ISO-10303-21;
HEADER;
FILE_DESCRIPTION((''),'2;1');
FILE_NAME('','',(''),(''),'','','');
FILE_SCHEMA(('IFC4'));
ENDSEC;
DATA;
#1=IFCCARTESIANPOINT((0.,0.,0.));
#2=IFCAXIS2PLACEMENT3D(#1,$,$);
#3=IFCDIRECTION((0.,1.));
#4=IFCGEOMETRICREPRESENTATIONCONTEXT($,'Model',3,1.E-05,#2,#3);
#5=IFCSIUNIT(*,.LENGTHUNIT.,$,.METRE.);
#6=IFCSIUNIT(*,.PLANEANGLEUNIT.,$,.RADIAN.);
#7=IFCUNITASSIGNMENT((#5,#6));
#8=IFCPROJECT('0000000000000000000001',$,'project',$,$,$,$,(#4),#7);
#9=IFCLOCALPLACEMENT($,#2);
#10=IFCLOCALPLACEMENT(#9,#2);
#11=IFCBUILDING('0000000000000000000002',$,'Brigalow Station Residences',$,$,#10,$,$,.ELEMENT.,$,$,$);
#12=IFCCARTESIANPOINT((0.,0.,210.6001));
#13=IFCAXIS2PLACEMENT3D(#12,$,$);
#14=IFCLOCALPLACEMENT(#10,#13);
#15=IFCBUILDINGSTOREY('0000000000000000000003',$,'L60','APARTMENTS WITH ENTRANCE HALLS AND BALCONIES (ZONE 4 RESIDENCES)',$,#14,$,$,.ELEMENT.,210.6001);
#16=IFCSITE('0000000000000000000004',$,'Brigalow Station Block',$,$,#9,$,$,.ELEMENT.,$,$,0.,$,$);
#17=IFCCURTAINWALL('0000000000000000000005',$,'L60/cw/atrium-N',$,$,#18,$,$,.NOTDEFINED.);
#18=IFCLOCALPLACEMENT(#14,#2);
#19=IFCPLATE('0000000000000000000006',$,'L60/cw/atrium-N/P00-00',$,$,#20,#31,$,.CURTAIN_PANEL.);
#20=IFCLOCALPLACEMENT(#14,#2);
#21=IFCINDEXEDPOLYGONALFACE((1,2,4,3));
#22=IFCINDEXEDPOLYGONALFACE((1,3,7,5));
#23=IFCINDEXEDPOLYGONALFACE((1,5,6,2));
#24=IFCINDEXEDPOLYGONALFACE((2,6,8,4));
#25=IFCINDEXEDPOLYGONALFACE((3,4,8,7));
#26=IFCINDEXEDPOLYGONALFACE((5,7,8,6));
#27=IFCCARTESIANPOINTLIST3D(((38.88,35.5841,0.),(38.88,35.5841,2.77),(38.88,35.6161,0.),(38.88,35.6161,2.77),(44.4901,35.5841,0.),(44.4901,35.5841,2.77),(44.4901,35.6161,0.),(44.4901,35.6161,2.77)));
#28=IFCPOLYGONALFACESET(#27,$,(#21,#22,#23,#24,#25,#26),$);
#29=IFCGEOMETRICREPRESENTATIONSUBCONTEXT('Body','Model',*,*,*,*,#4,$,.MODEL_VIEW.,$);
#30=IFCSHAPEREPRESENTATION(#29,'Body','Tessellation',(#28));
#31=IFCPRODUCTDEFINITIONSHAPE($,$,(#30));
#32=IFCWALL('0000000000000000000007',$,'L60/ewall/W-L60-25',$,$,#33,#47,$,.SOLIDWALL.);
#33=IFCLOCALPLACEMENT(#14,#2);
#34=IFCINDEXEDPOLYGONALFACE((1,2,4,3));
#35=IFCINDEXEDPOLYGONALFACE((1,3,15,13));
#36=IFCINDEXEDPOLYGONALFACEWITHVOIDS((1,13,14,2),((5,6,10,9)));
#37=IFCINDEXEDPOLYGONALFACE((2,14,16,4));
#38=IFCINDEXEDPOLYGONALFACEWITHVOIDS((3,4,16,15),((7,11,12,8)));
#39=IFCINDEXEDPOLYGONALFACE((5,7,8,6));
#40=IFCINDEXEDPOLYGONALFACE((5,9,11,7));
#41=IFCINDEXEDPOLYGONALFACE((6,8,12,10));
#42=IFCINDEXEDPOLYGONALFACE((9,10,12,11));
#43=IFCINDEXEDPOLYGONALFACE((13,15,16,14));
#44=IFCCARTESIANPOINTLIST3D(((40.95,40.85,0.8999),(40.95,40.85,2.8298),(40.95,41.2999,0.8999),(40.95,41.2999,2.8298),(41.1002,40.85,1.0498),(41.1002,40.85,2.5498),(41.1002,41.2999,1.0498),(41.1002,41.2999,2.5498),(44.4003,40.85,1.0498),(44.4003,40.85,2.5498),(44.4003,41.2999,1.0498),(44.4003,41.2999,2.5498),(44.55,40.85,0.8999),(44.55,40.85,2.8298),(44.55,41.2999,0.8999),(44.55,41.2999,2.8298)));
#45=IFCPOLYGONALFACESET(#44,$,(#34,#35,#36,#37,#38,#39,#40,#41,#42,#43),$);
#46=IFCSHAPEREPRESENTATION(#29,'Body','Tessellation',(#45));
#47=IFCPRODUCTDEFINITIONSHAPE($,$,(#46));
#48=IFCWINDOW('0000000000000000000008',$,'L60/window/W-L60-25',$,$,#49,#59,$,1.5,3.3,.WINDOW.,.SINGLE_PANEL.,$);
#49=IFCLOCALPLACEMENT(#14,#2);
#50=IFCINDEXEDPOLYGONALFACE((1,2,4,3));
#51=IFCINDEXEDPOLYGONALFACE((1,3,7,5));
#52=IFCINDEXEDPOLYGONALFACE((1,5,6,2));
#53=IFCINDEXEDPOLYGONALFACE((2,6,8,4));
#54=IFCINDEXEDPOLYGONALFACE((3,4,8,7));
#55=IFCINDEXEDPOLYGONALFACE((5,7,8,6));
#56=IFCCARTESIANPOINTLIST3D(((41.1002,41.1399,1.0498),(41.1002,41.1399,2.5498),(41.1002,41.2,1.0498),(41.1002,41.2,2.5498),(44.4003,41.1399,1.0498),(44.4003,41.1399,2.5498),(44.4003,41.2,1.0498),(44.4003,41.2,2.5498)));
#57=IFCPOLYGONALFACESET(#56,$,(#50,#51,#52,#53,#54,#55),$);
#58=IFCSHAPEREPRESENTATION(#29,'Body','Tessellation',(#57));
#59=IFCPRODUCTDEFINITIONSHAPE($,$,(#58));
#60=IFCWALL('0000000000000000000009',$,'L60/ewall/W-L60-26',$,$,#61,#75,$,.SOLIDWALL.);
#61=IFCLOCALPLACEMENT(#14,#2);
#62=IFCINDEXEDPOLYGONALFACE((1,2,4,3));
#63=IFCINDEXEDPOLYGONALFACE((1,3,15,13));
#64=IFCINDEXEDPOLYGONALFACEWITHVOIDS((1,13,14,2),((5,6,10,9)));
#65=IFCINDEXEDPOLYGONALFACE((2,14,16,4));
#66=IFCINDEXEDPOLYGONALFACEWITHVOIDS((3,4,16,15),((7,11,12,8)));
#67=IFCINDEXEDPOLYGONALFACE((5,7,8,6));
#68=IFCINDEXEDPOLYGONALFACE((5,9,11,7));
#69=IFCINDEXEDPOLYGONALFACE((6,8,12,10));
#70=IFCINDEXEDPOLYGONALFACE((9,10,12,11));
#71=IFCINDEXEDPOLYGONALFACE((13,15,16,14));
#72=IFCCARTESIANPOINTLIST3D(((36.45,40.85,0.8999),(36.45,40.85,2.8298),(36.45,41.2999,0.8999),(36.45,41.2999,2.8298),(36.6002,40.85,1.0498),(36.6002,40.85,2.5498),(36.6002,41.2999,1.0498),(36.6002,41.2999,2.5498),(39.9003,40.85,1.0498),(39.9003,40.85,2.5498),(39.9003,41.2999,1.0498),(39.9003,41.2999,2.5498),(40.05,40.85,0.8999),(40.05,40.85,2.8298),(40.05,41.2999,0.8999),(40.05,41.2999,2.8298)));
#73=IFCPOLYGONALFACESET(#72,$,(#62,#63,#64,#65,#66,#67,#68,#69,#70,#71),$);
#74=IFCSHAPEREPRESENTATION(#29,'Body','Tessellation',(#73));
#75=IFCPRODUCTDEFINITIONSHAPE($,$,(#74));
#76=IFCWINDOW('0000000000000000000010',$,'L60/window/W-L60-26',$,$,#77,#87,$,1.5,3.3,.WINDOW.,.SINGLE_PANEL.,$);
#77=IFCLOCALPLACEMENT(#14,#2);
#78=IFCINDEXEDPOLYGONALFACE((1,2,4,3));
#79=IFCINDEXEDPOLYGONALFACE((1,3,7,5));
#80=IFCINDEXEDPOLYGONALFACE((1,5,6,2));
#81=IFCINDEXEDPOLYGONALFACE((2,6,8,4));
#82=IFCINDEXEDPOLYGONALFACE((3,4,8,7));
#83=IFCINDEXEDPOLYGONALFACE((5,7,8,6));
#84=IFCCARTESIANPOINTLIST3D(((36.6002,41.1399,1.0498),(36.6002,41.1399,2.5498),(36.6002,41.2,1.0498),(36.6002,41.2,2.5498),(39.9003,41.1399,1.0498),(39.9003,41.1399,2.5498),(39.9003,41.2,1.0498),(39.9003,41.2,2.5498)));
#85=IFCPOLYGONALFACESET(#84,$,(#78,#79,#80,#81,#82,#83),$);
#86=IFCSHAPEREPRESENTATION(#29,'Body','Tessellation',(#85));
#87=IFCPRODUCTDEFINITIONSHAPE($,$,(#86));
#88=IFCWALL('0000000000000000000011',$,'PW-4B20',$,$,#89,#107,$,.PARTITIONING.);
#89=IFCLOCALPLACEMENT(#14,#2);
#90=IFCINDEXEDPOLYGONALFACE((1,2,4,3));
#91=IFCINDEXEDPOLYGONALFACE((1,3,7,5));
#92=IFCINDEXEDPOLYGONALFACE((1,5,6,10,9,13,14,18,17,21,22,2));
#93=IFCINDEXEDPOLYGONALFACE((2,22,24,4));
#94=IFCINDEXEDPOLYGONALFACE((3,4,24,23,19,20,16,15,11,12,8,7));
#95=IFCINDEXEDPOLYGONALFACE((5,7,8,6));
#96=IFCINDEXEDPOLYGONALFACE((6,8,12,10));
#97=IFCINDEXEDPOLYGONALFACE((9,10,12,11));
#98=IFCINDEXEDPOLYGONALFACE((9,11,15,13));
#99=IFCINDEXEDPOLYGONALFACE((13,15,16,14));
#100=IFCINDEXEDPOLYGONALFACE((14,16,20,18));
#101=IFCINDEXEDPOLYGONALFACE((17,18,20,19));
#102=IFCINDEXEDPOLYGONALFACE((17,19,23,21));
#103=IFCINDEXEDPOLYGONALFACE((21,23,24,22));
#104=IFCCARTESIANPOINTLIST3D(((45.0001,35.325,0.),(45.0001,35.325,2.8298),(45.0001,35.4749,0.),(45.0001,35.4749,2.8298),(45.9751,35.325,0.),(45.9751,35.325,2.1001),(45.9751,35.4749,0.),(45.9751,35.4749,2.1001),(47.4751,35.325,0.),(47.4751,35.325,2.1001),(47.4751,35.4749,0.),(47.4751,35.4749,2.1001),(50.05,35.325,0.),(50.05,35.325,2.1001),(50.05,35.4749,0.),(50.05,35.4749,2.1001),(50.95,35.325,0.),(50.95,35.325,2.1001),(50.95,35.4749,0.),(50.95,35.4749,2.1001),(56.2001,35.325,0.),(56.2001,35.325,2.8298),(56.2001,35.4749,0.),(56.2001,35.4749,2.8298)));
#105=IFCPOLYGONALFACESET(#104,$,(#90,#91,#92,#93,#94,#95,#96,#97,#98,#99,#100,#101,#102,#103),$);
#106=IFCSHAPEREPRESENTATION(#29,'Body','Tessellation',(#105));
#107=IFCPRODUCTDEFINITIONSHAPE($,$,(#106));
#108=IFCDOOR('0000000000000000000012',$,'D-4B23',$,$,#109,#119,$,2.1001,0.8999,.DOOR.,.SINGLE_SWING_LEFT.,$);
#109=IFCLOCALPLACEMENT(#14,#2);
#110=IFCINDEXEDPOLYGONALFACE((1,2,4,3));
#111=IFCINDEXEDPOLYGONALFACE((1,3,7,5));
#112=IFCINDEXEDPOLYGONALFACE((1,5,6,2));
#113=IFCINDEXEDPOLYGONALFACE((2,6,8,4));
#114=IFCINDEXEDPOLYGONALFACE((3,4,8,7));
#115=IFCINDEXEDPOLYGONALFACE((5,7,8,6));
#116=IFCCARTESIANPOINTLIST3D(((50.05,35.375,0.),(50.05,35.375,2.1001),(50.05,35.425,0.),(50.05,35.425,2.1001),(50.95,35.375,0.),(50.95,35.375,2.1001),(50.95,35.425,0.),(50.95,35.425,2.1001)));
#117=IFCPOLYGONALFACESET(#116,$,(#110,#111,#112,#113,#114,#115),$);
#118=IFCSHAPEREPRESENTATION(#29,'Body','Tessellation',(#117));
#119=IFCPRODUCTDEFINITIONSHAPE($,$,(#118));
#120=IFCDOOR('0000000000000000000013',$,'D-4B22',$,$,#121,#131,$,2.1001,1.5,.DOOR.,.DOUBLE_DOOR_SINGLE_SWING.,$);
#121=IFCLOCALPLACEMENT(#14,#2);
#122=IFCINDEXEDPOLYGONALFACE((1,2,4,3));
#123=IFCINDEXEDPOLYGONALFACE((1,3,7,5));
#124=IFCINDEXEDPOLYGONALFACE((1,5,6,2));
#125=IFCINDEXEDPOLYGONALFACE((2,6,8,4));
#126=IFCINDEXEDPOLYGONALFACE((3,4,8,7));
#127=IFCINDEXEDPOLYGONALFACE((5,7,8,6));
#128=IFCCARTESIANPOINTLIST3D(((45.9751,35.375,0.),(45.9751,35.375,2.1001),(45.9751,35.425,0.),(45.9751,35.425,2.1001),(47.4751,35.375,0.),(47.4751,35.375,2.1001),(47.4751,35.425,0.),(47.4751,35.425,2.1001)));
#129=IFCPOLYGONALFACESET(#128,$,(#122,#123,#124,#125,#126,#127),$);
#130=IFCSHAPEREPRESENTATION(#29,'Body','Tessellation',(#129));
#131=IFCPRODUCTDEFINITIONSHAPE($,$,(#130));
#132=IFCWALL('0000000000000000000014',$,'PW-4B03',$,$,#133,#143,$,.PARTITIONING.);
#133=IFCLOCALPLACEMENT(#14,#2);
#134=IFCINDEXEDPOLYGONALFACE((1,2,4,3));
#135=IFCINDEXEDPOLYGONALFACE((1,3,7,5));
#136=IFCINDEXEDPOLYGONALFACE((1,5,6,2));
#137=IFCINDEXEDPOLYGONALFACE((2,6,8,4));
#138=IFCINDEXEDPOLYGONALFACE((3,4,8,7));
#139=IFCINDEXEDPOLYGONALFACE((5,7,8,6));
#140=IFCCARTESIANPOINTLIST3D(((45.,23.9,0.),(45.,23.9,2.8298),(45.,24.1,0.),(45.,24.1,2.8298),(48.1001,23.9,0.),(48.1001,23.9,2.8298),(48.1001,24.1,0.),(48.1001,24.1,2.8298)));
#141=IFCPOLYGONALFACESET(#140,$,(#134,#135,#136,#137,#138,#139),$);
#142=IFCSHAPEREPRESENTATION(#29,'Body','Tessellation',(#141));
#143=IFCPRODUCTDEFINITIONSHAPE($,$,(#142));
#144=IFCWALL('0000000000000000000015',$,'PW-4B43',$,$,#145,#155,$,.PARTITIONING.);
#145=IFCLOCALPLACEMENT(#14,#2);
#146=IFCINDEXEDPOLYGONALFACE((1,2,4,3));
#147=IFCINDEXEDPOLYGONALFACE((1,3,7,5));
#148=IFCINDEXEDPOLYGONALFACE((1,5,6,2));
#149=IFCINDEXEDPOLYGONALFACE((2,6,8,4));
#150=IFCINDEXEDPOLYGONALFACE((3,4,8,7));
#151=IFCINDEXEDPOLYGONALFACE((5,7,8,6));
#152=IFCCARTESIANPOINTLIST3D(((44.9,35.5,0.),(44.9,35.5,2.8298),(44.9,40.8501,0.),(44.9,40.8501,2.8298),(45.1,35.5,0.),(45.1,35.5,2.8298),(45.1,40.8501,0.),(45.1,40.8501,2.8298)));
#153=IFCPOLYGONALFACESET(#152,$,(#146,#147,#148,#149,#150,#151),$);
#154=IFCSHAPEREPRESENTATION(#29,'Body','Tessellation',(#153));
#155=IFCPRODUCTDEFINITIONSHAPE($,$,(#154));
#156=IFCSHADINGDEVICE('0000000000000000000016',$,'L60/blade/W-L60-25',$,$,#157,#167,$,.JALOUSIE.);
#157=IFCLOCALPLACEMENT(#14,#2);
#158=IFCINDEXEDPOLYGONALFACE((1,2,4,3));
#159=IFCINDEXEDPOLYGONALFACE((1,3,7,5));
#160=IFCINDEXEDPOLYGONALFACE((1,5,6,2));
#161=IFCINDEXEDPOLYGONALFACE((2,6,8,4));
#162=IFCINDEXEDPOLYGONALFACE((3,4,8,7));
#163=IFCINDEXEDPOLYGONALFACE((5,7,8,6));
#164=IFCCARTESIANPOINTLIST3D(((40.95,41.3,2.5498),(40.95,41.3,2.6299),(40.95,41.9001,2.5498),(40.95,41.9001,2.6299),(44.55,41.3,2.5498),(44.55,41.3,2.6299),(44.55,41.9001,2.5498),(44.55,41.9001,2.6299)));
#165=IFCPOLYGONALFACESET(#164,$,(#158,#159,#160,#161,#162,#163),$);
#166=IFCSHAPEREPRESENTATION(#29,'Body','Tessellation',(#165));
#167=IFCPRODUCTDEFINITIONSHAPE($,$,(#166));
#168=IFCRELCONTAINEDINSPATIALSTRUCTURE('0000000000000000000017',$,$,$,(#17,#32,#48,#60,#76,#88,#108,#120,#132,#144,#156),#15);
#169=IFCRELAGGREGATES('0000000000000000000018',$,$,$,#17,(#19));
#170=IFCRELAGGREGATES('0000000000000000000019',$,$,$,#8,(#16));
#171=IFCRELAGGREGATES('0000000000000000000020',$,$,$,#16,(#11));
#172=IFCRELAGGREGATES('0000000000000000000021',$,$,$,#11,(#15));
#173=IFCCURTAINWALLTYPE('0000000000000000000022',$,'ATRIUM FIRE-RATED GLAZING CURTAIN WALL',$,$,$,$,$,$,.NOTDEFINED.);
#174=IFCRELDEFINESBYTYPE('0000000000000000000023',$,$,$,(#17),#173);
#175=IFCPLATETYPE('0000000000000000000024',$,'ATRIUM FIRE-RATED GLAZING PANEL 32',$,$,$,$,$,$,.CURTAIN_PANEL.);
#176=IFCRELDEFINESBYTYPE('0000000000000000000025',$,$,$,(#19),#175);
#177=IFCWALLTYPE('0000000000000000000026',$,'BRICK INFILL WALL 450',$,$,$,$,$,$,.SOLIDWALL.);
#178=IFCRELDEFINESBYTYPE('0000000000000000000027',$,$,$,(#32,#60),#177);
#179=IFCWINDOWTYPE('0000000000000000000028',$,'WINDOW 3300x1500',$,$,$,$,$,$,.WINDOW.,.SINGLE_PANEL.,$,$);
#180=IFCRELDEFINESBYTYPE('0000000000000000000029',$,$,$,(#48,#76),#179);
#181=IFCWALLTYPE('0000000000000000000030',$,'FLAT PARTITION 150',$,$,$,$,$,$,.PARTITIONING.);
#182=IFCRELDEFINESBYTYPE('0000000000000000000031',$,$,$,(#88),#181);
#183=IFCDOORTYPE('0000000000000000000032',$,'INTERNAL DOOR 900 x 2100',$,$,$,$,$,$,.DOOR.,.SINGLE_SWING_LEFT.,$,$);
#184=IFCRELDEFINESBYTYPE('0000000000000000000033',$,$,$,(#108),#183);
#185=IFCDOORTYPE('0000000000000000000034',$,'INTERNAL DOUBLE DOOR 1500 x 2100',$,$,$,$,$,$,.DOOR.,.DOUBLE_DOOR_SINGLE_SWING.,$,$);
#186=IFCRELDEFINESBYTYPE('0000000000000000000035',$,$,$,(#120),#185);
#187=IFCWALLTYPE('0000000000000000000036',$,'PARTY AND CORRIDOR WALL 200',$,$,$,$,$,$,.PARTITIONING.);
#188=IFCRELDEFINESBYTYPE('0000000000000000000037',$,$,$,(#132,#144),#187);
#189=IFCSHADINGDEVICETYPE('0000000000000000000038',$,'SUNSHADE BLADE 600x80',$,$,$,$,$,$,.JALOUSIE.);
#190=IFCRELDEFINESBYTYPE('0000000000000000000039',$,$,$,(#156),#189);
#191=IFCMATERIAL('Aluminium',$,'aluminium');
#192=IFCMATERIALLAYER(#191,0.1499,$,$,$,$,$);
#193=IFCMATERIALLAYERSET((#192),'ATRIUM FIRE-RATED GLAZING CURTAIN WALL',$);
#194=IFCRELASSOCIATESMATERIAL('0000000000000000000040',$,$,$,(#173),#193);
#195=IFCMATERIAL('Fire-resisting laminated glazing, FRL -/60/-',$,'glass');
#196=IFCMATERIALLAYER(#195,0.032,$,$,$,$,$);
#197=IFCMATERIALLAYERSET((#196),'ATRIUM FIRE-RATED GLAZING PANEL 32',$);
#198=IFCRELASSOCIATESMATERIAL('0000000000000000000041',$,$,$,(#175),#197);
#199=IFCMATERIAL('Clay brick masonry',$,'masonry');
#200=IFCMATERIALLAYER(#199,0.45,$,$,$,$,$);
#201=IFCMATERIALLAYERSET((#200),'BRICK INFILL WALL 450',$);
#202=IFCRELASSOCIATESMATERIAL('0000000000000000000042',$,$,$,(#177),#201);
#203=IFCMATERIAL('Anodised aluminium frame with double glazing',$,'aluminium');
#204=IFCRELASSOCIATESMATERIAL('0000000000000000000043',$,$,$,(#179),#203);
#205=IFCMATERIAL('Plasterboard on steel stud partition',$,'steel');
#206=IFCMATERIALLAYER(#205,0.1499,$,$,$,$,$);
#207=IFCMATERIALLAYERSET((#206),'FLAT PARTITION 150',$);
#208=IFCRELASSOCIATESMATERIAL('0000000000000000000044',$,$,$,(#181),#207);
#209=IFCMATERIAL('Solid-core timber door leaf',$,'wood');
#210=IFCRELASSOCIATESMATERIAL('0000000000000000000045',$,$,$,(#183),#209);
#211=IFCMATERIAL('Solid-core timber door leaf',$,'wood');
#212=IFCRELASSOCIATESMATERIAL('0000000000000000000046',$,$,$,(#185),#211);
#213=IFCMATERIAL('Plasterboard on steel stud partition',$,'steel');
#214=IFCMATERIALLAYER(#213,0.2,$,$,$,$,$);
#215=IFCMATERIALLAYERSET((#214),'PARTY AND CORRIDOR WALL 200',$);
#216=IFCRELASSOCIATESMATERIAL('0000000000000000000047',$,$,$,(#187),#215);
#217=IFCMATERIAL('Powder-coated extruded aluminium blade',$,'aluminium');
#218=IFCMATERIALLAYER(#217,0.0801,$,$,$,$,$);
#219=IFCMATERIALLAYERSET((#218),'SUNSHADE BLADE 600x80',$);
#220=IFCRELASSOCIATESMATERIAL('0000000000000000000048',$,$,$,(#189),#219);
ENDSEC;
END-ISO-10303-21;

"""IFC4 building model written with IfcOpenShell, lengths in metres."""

from ifc_helpers import new_model, si_unit, direction, frame, frame_2d, origin, origin_2d, place, context, subcontext, project, spatial, rectangle, extrude, material, layer, layer_set, type_object, element, fill, aggregate, save


model = new_model("IFC4")

# Units and contexts
model_context = context("Model", 3, precision=1e-05, world=origin(), true_north=direction((0.0, 1.0)))
body_context = subcontext(model_context, "Body", "Model", "MODEL_VIEW")
ifc_project = project(units=[si_unit("LENGTHUNIT", "METRE"), si_unit("PLANEANGLEUNIT", "RADIAN")], contexts=[model_context])

# Site, building, storey
site_placement = place(None, origin())
site = spatial("IfcSite", under=ifc_project, at=site_placement, Name="Brigalow Station Block", CompositionType="ELEMENT", RefElevation=0.0)
building_placement = place(site_placement, origin())
building = spatial("IfcBuilding", under=site, at=building_placement, Name="Brigalow Station Residences", CompositionType="ELEMENT")
storey_placement = place(building_placement, frame((0.0, 0.0, 210.6001)))
storey = spatial("IfcBuildingStorey", under=building, at=storey_placement, Name="L60", Description="APARTMENTS WITH ENTRANCE HALLS AND BALCONIES (ZONE 4 RESIDENCES)", CompositionType="ELEMENT", Elevation=210.6001)

# Shared definitions
ifc_material_1 = material(Name="Aluminium", Category="aluminium")
ifc_layer_1 = layer(ifc_material_1, 0.1499)
ifc_layer_set_1 = layer_set([ifc_layer_1], Name="ATRIUM FIRE-RATED GLAZING CURTAIN WALL")
curtain_wall_type = type_object("IfcCurtainWallType", Name="ATRIUM FIRE-RATED GLAZING CURTAIN WALL", PredefinedType="NOTDEFINED", material=ifc_layer_set_1)

# Curtain wall
curtain_wall_1_placement = place(storey_placement, origin())
curtain_wall_1 = element("IfcCurtainWall", 1, at=curtain_wall_1_placement, inside=storey, type_object=curtain_wall_type, Name="L60/cw/atrium-N", PredefinedType="NOTDEFINED")

# Plate
ifc_material_2 = material(Name="Fire-resisting laminated glazing, FRL -/60/-", Category="glass")
ifc_layer_2 = layer(ifc_material_2, 0.032)
ifc_layer_set_2 = layer_set([ifc_layer_2], Name="ATRIUM FIRE-RATED GLAZING PANEL 32")
plate_type = type_object("IfcPlateType", Name="ATRIUM FIRE-RATED GLAZING PANEL 32", PredefinedType="CURTAIN_PANEL", material=ifc_layer_set_2)
plate_1_placement = place(storey_placement, frame((41.6851, 35.6001, 0.0), z_axis=(0.0, 0.0, 1.0), x_axis=(-1.0, 0.0, 0.0)))
plate_1 = element("IfcPlate", 2, at=plate_1_placement, type_object=plate_type, Name="L60/cw/atrium-N/P00-00", PredefinedType="CURTAIN_PANEL", context=body_context, shape_type="SweptSolid", body=[
    extrude(rectangle(XDim=5.6101, YDim=0.032, at=origin_2d()), origin(), (0.0, 0.0, 1.0), 2.77),
])
aggregate(curtain_wall_1, [plate_1])

# Walls, openings, windows
ifc_material_3 = material(Name="Clay brick masonry", Category="masonry")
ifc_layer_3 = layer(ifc_material_3, 0.45)
ifc_layer_set_3 = layer_set([ifc_layer_3], Name="BRICK INFILL WALL 450")
wall_type_1 = type_object("IfcWallType", Name="BRICK INFILL WALL 450", PredefinedType="SOLIDWALL", material=ifc_layer_set_3)
wall_1_placement = place(storey_placement, frame((44.55, 41.075, 0.8999), z_axis=(0.0, 0.0, 1.0), x_axis=(-1.0, 0.0, 0.0)))
wall_1 = element("IfcWall", 3, at=wall_1_placement, inside=storey, type_object=wall_type_1, Name="L60/ewall/W-L60-25", PredefinedType="SOLIDWALL", context=body_context, shape_type="SweptSolid", body=[
    extrude(rectangle(XDim=3.6001, YDim=0.45, at=frame_2d((1.8, 0.0))), origin(), (0.0, 0.0, 1.0), 1.9299),
])
opening_1_placement = place(wall_1_placement, frame((0.1499, 0.0, 0.1499)))
opening_1 = element("IfcOpeningElement", 4, at=opening_1_placement, cuts=wall_1, PredefinedType="OPENING", context=body_context, shape_type="SweptSolid", body=[
    extrude(rectangle(XDim=3.3, YDim=1.5, at=frame_2d((1.6499, 0.75))), frame((0.0, 0.2349, 0.0), z_axis=(0.0, -1.0, 0.0), x_axis=(1.0, 0.0, 0.0)), (0.0, 0.0, 1.0), 0.47),
])
ifc_material_4 = material(Name="Anodised aluminium frame with double glazing", Category="aluminium")
window_type = type_object("IfcWindowType", Name="WINDOW 3300x1500", PartitioningType="SINGLE_PANEL", PredefinedType="WINDOW", material=ifc_material_4)
window_1_placement = place(opening_1_placement, origin())
window_1 = element("IfcWindow", 5, at=window_1_placement, inside=storey, type_object=window_type, Name="L60/window/W-L60-25", OverallHeight=1.5, OverallWidth=3.3, PartitioningType="SINGLE_PANEL", PredefinedType="WINDOW", context=body_context, shape_type="SweptSolid", body=[
    extrude(rectangle(XDim=3.3, YDim=1.5, at=frame_2d((1.6499, 0.75))), frame((0.0, -0.0649, 0.0), z_axis=(0.0, -1.0, 0.0), x_axis=(1.0, 0.0, 0.0)), (0.0, 0.0, 1.0), 0.0601),
])
fill(opening_1, window_1)
wall_2_placement = place(storey_placement, frame((40.05, 41.075, 0.8999), z_axis=(0.0, 0.0, 1.0), x_axis=(-1.0, 0.0, 0.0)))
wall_2 = element("IfcWall", 6, at=wall_2_placement, inside=storey, type_object=wall_type_1, Name="L60/ewall/W-L60-26", PredefinedType="SOLIDWALL", context=body_context, shape_type="SweptSolid", body=[
    extrude(rectangle(XDim=3.6001, YDim=0.45, at=frame_2d((1.8, 0.0))), origin(), (0.0, 0.0, 1.0), 1.9299),
])
opening_2_placement = place(wall_2_placement, frame((0.1499, 0.0, 0.1499)))
opening_2 = element("IfcOpeningElement", 7, at=opening_2_placement, cuts=wall_2, PredefinedType="OPENING", context=body_context, shape_type="SweptSolid", body=[
    extrude(rectangle(XDim=3.3, YDim=1.5, at=frame_2d((1.6499, 0.75))), frame((0.0, 0.2349, 0.0), z_axis=(0.0, -1.0, 0.0), x_axis=(1.0, 0.0, 0.0)), (0.0, 0.0, 1.0), 0.47),
])
window_2_placement = place(opening_2_placement, origin())
window_2 = element("IfcWindow", 8, at=window_2_placement, inside=storey, type_object=window_type, Name="L60/window/W-L60-26", OverallHeight=1.5, OverallWidth=3.3, PartitioningType="SINGLE_PANEL", PredefinedType="WINDOW", context=body_context, shape_type="SweptSolid", body=[
    extrude(rectangle(XDim=3.3, YDim=1.5, at=frame_2d((1.6499, 0.75))), frame((0.0, -0.0649, 0.0), z_axis=(0.0, -1.0, 0.0), x_axis=(1.0, 0.0, 0.0)), (0.0, 0.0, 1.0), 0.0601),
])
fill(opening_2, window_2)

# Wall, openings, doors
ifc_material_5 = material(Name="Plasterboard on steel stud partition", Category="steel")
ifc_layer_4 = layer(ifc_material_5, 0.1499)
ifc_layer_set_4 = layer_set([ifc_layer_4], Name="FLAT PARTITION 150")
wall_type_2 = type_object("IfcWallType", Name="FLAT PARTITION 150", PredefinedType="PARTITIONING", material=ifc_layer_set_4)
wall_3_placement = place(storey_placement, frame((45.0, 35.3999, 0.0), z_axis=(0.0, 0.0, 1.0), x_axis=(1.0, 0.0, 0.0)))
wall_3 = element("IfcWall", 9, at=wall_3_placement, inside=storey, type_object=wall_type_2, Name="PW-4B20", PredefinedType="PARTITIONING", context=body_context, shape_type="SweptSolid", body=[
    extrude(rectangle(XDim=11.2, YDim=0.1499, at=frame_2d((5.6001, 0.0))), origin(), (0.0, 0.0, 1.0), 2.8298),
])
opening_3_placement = place(wall_3_placement, frame((0.9751, 0.0, 0.0)))
opening_3 = element("IfcOpeningElement", 10, at=opening_3_placement, cuts=wall_3, PredefinedType="OPENING", context=body_context, shape_type="SweptSolid", body=[
    extrude(rectangle(XDim=1.5, YDim=2.1001, at=frame_2d((0.75, 1.05))), frame((0.0, 0.085, 0.0), z_axis=(0.0, -1.0, 0.0), x_axis=(1.0, 0.0, 0.0)), (0.0, 0.0, 1.0), 0.1699),
])
opening_4_placement = place(wall_3_placement, frame((5.05, 0.0, 0.0)))
opening_4 = element("IfcOpeningElement", 11, at=opening_4_placement, cuts=wall_3, PredefinedType="OPENING", context=body_context, shape_type="SweptSolid", body=[
    extrude(rectangle(XDim=0.8999, YDim=2.1001, at=frame_2d((0.45, 1.05))), frame((0.0, 0.085, 0.0), z_axis=(0.0, -1.0, 0.0), x_axis=(1.0, 0.0, 0.0)), (0.0, 0.0, 1.0), 0.1699),
])
ifc_material_6 = material(Name="Solid-core timber door leaf", Category="wood")
door_type_1 = type_object("IfcDoorType", Name="INTERNAL DOOR 900 x 2100", OperationType="SINGLE_SWING_LEFT", PredefinedType="DOOR", material=ifc_material_6)
door_1_placement = place(opening_4_placement, frame((0.8999, 0.0, 0.0), z_axis=(0.0, 0.0, 1.0), x_axis=(-1.0, 0.0, 0.0)))
door_1 = element("IfcDoor", 12, at=door_1_placement, inside=storey, type_object=door_type_1, Name="D-4B23", OperationType="SINGLE_SWING_LEFT", OverallHeight=2.1001, OverallWidth=0.8999, PredefinedType="DOOR", context=body_context, shape_type="SweptSolid", body=[
    extrude(rectangle(XDim=0.8999, YDim=2.1001, at=frame_2d((0.45, 1.05))), frame((0.0, 0.0249, 0.0), z_axis=(0.0, -1.0, 0.0), x_axis=(1.0, 0.0, 0.0)), (0.0, 0.0, 1.0), 0.05),
])
fill(opening_4, door_1)
ifc_material_7 = material(Name="Solid-core timber door leaf", Category="wood")
door_type_2 = type_object("IfcDoorType", Name="INTERNAL DOUBLE DOOR 1500 x 2100", OperationType="DOUBLE_DOOR_SINGLE_SWING", PredefinedType="DOOR", material=ifc_material_7)
door_2_placement = place(opening_3_placement, frame((1.5, 0.0, 0.0), z_axis=(0.0, 0.0, 1.0), x_axis=(-1.0, 0.0, 0.0)))
door_2 = element("IfcDoor", 13, at=door_2_placement, inside=storey, type_object=door_type_2, Name="D-4B22", OperationType="DOUBLE_DOOR_SINGLE_SWING", OverallHeight=2.1001, OverallWidth=1.5, PredefinedType="DOOR", context=body_context, shape_type="SweptSolid", body=[
    extrude(rectangle(XDim=1.5, YDim=2.1001, at=frame_2d((0.75, 1.05))), frame((0.0, 0.0249, 0.0), z_axis=(0.0, -1.0, 0.0), x_axis=(1.0, 0.0, 0.0)), (0.0, 0.0, 1.0), 0.05),
])
fill(opening_3, door_2)

# Walls
ifc_material_8 = material(Name="Plasterboard on steel stud partition", Category="steel")
ifc_layer_5 = layer(ifc_material_8, 0.2)
ifc_layer_set_5 = layer_set([ifc_layer_5], Name="PARTY AND CORRIDOR WALL 200")
wall_type_3 = type_object("IfcWallType", Name="PARTY AND CORRIDOR WALL 200", PredefinedType="PARTITIONING", material=ifc_layer_set_5)
wall_4_placement = place(storey_placement, frame((45.0, 24.0, 0.0), z_axis=(0.0, 0.0, 1.0), x_axis=(1.0, 0.0, 0.0)))
element("IfcWall", 14, at=wall_4_placement, inside=storey, type_object=wall_type_3, Name="PW-4B03", PredefinedType="PARTITIONING", context=body_context, shape_type="SweptSolid", body=[
    extrude(rectangle(XDim=3.1001, YDim=0.2, at=frame_2d((1.55, 0.0))), origin(), (0.0, 0.0, 1.0), 2.8298),
])
wall_5_placement = place(storey_placement, frame((45.0, 35.5, 0.0), z_axis=(0.0, 0.0, 1.0), x_axis=(0.0, 1.0, 0.0)))
element("IfcWall", 15, at=wall_5_placement, inside=storey, type_object=wall_type_3, Name="PW-4B43", PredefinedType="PARTITIONING", context=body_context, shape_type="SweptSolid", body=[
    extrude(rectangle(XDim=5.3501, YDim=0.2, at=frame_2d((2.675, 0.0))), origin(), (0.0, 0.0, 1.0), 2.8298),
])

# Shading device
ifc_material_9 = material(Name="Powder-coated extruded aluminium blade", Category="aluminium")
ifc_layer_6 = layer(ifc_material_9, 0.0801)
ifc_layer_set_6 = layer_set([ifc_layer_6], Name="SUNSHADE BLADE 600x80")
shading_device_type = type_object("IfcShadingDeviceType", Name="SUNSHADE BLADE 600x80", PredefinedType="JALOUSIE", material=ifc_layer_set_6)
for number, where, z_axis, x_axis, name in (
    (16, (42.75, 41.6001, 2.5498), (0.0, 0.0, 1.0), (-1.0, 0.0, 0.0), "L60/blade/W-L60-25"),
):
    element("IfcShadingDevice", number, at=place(storey_placement, frame(where, z_axis=z_axis, x_axis=x_axis)), inside=storey, type_object=shading_device_type, Name=name, PredefinedType="JALOUSIE", context=body_context, shape_type="SweptSolid", body=[
        extrude(rectangle(XDim=3.6001, YDim=0.6001, at=origin_2d()), origin(), (0.0, 0.0, 1.0), 0.0801),
    ])

save(model, "model.ifc")
